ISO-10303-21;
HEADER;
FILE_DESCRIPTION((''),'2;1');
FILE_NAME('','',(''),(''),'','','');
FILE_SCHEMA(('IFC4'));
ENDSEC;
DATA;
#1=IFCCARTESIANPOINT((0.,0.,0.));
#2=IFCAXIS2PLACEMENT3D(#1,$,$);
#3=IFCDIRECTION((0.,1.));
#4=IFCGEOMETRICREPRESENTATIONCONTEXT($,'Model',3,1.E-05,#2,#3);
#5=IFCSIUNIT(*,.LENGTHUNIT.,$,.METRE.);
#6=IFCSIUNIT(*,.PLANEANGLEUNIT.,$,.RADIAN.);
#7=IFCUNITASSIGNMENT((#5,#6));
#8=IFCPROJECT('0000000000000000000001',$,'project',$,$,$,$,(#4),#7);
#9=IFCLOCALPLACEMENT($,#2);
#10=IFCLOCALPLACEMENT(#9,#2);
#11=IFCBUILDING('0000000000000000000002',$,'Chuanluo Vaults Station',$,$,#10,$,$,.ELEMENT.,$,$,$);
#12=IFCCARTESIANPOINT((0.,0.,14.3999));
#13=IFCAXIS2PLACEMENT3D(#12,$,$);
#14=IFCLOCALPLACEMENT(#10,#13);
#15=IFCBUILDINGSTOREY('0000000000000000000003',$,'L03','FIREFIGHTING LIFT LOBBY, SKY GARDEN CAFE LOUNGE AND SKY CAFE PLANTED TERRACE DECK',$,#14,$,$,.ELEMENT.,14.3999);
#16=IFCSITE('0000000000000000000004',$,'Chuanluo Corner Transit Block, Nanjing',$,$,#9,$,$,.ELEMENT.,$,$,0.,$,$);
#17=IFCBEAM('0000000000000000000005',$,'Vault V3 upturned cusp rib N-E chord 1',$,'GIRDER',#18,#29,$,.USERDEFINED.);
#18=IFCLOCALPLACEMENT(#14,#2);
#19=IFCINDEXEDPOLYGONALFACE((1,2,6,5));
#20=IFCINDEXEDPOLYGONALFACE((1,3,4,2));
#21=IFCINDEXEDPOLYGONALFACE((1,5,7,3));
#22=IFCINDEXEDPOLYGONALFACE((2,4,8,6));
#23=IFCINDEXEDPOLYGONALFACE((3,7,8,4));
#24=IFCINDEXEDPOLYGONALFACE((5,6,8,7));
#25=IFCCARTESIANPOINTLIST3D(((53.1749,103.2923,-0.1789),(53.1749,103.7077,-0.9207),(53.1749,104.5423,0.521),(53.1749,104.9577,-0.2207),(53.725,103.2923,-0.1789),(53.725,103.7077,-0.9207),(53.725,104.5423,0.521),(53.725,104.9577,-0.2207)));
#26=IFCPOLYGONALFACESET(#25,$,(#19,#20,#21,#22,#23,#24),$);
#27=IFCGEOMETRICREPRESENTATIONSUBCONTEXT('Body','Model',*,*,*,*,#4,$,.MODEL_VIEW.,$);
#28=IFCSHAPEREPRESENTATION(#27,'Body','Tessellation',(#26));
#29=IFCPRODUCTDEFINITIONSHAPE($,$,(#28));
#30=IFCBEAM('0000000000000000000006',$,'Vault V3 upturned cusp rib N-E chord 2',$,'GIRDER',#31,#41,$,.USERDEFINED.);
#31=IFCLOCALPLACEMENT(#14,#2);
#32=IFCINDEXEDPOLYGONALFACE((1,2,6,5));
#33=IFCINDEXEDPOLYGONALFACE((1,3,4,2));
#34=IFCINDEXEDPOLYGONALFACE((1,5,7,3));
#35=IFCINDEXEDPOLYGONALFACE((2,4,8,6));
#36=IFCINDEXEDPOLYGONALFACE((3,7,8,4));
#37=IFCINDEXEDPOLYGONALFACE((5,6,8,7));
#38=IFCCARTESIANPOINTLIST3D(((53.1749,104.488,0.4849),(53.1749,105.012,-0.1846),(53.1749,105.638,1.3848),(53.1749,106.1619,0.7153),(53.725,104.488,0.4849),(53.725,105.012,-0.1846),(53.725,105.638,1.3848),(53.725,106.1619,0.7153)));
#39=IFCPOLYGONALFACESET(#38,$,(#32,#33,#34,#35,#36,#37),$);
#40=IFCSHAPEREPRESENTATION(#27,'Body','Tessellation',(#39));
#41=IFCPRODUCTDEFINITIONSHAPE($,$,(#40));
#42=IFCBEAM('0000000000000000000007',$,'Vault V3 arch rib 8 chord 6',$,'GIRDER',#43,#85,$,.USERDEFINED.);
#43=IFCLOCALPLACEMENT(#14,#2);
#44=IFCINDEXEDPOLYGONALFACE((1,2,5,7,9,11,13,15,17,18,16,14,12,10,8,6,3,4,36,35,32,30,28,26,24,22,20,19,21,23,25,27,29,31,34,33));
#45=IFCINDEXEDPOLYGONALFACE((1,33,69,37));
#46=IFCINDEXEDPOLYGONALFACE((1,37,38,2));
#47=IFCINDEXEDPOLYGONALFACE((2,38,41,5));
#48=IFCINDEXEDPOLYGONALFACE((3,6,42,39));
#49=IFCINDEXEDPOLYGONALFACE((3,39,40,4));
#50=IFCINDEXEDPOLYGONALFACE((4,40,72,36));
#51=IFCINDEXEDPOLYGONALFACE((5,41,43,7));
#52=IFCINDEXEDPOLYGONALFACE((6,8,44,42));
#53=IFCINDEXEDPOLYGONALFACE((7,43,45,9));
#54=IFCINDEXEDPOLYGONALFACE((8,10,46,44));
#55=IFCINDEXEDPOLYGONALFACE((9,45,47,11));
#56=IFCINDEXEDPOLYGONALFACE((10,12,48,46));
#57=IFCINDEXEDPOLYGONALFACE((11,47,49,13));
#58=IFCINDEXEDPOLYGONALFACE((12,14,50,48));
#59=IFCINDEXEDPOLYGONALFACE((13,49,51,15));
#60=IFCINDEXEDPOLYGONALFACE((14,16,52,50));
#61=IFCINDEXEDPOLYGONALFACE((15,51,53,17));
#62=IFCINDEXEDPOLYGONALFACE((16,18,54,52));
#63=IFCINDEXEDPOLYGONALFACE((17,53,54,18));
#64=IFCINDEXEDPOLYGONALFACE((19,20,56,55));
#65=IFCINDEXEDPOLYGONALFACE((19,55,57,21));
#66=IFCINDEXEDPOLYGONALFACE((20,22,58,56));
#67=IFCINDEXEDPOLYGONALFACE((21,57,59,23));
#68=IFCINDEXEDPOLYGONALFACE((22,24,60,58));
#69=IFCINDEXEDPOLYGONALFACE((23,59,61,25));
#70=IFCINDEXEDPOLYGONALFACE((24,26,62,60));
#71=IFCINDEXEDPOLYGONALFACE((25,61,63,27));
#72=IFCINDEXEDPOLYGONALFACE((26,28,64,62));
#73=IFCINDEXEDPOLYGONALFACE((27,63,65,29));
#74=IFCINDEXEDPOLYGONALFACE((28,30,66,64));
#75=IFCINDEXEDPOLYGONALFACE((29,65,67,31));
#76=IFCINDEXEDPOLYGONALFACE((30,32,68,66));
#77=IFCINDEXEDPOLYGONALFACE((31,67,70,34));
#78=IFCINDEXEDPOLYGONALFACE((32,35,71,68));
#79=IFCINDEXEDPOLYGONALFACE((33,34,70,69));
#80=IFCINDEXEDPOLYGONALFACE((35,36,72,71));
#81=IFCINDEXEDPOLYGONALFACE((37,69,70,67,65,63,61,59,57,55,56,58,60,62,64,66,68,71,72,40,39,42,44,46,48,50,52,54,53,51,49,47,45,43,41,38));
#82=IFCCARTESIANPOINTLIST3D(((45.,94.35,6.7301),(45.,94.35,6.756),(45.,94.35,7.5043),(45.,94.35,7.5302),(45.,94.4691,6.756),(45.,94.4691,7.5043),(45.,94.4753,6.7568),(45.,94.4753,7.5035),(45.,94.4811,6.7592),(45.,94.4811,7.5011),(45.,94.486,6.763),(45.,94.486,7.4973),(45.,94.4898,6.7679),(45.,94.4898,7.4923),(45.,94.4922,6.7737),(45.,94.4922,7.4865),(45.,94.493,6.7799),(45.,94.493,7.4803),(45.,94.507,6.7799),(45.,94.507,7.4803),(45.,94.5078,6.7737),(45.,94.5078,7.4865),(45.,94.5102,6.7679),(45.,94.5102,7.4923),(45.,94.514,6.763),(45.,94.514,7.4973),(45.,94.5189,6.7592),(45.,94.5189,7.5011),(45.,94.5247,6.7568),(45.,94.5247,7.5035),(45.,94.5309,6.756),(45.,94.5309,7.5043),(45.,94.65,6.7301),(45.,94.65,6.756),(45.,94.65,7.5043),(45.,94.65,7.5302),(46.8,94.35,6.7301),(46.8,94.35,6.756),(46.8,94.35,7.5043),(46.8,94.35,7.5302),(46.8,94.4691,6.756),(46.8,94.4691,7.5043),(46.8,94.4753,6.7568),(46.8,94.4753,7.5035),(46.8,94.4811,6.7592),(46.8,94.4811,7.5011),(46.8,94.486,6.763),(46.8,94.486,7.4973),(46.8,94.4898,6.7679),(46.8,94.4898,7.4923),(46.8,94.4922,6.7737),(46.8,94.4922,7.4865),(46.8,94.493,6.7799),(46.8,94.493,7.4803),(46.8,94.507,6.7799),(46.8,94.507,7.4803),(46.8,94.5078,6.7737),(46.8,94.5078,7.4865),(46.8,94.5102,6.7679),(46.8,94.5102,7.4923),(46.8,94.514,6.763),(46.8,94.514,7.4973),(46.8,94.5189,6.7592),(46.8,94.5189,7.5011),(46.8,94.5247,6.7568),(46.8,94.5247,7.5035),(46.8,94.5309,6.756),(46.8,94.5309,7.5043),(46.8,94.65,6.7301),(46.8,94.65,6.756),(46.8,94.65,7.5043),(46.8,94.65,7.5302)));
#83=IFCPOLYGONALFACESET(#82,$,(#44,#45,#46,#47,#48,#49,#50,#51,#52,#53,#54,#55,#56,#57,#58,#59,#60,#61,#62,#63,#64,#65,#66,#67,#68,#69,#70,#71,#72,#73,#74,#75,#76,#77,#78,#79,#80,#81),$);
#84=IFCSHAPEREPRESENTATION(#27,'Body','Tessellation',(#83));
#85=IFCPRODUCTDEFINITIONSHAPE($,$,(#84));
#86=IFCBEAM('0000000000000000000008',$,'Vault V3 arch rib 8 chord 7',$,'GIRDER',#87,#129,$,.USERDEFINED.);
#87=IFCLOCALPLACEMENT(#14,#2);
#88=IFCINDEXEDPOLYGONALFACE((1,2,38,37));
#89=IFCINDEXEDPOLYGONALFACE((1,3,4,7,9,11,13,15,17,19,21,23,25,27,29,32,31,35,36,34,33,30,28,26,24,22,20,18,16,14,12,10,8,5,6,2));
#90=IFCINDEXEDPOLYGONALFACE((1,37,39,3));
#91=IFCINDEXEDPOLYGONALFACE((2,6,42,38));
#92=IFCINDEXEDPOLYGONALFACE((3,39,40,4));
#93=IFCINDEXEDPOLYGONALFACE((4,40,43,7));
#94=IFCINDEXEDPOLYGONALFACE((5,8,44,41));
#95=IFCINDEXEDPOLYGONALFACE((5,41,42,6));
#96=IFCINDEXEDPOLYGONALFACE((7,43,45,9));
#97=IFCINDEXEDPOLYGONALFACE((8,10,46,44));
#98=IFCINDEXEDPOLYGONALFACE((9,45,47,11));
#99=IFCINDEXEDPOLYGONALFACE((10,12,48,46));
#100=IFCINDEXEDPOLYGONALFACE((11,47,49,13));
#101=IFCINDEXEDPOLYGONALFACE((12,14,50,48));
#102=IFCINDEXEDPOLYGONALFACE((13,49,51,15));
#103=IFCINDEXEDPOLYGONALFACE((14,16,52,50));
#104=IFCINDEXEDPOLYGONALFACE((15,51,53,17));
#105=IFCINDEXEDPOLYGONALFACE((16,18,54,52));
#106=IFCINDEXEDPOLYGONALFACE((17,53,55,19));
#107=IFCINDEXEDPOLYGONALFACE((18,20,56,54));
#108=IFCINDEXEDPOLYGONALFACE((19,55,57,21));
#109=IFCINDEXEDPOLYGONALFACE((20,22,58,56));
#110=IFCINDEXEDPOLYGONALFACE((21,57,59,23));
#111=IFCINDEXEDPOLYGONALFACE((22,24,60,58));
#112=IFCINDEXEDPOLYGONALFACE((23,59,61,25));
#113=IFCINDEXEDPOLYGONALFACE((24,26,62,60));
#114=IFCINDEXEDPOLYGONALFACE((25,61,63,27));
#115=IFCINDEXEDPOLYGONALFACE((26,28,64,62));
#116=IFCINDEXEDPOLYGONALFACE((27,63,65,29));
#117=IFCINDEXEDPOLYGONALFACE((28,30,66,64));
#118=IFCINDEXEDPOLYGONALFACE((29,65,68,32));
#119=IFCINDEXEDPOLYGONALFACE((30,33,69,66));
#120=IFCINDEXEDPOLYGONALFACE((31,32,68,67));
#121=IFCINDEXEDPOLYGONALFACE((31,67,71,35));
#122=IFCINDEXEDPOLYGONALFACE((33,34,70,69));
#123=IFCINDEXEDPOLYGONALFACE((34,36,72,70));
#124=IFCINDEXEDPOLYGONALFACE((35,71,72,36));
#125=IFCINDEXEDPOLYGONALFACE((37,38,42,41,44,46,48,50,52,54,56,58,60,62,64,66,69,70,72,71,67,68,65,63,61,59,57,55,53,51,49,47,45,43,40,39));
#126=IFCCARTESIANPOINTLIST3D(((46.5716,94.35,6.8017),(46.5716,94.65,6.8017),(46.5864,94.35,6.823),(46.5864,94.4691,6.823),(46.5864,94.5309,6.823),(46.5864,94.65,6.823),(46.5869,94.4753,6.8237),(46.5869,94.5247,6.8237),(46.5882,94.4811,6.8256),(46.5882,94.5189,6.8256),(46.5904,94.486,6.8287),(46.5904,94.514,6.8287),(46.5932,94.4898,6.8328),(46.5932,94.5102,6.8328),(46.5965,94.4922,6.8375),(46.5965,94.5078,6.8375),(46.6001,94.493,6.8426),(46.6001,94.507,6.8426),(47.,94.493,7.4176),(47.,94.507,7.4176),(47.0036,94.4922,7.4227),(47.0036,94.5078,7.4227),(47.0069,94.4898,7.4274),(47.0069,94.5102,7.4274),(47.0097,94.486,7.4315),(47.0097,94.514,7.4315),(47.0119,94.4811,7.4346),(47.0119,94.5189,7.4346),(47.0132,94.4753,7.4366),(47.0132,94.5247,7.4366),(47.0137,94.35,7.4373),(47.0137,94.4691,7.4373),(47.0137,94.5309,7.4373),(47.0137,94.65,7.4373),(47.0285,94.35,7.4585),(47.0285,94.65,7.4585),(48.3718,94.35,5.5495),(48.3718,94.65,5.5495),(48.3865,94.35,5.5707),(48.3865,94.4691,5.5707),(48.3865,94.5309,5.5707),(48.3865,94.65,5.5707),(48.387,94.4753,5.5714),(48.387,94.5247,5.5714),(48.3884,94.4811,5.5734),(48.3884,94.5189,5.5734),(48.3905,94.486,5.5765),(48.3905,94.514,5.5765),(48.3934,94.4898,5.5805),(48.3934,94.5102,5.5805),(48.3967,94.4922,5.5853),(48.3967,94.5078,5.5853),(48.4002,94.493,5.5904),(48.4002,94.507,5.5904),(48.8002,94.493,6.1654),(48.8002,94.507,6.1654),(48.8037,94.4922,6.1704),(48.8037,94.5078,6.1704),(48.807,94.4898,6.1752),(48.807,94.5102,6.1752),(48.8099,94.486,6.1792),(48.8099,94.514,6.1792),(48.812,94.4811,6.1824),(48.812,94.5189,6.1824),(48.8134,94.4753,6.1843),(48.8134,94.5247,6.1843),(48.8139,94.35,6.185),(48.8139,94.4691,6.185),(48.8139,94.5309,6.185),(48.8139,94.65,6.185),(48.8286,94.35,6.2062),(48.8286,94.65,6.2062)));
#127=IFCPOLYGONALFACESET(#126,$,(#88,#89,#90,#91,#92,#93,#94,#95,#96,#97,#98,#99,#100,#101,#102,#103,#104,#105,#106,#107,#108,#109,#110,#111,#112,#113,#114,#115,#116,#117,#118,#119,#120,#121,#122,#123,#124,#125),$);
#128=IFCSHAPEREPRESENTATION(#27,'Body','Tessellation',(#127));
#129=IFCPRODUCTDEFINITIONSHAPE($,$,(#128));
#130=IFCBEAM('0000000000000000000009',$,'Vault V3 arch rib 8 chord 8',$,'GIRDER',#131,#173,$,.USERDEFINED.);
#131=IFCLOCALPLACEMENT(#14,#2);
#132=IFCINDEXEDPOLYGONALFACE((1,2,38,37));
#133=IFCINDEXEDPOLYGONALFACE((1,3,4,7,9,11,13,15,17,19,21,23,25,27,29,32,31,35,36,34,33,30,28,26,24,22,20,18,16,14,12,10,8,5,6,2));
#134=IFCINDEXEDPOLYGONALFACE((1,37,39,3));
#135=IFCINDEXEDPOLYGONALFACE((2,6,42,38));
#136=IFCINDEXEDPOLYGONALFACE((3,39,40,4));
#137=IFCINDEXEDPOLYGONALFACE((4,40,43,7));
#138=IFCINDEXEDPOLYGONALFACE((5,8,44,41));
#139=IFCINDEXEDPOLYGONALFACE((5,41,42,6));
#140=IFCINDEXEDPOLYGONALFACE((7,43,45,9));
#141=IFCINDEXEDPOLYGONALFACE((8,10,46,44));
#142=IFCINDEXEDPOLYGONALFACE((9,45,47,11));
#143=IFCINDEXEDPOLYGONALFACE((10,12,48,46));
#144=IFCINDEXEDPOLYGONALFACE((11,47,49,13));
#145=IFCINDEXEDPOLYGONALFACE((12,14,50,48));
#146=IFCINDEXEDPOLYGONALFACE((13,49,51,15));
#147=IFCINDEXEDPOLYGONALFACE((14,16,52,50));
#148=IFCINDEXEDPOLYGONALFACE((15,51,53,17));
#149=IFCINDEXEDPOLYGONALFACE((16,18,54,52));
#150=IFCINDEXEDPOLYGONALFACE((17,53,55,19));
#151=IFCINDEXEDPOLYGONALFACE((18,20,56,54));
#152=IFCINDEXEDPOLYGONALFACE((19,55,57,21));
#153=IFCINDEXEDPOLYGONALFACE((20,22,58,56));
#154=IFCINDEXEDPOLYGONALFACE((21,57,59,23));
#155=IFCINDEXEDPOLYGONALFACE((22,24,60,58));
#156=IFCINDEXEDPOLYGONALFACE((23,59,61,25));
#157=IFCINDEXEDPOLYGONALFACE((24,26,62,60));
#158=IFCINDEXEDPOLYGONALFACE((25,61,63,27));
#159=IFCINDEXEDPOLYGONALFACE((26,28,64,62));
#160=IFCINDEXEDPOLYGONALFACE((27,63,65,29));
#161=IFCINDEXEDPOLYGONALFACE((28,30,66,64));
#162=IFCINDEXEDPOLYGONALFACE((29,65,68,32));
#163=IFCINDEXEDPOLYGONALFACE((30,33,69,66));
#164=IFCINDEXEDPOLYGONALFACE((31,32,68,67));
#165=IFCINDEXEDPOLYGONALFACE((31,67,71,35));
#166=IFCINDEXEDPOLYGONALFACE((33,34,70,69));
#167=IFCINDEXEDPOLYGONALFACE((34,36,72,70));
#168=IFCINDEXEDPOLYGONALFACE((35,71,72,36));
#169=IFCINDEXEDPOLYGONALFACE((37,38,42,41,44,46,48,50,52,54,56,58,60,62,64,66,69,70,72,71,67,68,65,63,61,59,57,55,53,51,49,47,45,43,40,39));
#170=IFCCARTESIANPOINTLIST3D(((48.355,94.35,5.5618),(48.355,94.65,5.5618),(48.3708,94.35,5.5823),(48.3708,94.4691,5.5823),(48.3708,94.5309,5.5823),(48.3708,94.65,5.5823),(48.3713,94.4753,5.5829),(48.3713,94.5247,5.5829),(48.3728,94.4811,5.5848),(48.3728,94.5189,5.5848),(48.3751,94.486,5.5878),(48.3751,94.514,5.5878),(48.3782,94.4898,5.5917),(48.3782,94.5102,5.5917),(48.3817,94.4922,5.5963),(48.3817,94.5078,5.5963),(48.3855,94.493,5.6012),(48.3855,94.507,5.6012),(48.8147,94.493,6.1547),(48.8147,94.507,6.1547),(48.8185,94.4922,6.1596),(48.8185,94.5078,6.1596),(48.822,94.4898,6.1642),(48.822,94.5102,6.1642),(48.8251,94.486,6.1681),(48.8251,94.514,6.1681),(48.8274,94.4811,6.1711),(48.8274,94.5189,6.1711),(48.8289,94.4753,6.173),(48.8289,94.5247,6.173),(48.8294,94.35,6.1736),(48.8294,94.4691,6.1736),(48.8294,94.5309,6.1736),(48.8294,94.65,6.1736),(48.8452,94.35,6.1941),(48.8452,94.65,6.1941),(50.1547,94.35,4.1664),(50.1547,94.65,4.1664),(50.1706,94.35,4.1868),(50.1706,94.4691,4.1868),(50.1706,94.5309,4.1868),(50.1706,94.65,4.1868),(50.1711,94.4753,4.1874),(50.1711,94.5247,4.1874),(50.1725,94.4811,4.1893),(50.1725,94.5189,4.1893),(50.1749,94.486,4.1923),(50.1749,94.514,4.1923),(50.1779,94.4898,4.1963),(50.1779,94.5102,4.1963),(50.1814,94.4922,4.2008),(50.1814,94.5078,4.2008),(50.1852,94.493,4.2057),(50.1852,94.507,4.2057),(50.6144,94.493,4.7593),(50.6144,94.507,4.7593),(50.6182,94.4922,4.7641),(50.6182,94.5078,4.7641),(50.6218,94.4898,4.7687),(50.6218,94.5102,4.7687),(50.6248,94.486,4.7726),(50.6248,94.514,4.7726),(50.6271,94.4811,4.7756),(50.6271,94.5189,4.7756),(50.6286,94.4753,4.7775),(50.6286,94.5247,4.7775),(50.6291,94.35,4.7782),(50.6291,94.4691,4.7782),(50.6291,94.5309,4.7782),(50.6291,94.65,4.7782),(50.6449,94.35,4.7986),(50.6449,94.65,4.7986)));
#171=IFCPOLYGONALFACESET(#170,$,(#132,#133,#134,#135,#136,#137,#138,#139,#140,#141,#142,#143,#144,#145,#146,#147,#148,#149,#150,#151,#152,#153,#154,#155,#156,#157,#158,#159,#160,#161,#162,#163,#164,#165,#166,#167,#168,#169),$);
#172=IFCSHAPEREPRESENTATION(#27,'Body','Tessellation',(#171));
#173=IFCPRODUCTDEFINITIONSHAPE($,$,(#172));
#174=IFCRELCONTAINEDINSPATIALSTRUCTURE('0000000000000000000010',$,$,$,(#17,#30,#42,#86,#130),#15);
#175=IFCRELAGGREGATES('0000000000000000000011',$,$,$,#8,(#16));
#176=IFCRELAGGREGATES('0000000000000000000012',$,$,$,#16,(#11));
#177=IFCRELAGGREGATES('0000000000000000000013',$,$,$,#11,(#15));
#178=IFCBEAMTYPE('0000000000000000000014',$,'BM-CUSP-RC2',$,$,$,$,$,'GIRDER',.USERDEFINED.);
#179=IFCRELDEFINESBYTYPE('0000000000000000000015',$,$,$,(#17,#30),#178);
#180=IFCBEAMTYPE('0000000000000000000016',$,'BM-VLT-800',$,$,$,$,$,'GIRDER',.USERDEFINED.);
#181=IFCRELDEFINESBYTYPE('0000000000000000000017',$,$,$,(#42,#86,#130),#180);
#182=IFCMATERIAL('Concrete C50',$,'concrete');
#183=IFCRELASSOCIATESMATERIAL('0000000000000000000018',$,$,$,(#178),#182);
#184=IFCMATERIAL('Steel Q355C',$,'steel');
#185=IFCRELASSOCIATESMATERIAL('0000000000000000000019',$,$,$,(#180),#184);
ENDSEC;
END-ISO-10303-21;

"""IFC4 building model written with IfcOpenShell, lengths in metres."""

from ifc_helpers import new_model, si_unit, direction, frame, origin, origin_2d, place, context, subcontext, project, spatial, rectangle, i_section, extrude, material, material_profile, profile_set, type_object, element, save


model = new_model("IFC4")

# Units and contexts
model_context = context("Model", 3, precision=1e-05, world=origin(), true_north=direction((0.0, 1.0)))
body_context = subcontext(model_context, "Body", "Model", "MODEL_VIEW")
ifc_project = project(units=[si_unit("LENGTHUNIT", "METRE"), si_unit("PLANEANGLEUNIT", "RADIAN")], contexts=[model_context])

# Site, building, storey
site_placement = place(None, origin())
site = spatial("IfcSite", under=ifc_project, at=site_placement, Name="Chuanluo Corner Transit Block, Nanjing", CompositionType="ELEMENT", RefElevation=0.0)
building_placement = place(site_placement, origin())
building = spatial("IfcBuilding", under=site, at=building_placement, Name="Chuanluo Vaults Station", CompositionType="ELEMENT")
storey_placement = place(building_placement, frame((0.0, 0.0, 14.3999)))
storey = spatial("IfcBuildingStorey", under=building, at=storey_placement, Name="L03", Description="FIREFIGHTING LIFT LOBBY, SKY GARDEN CAFE LOUNGE AND SKY CAFE PLANTED TERRACE DECK", CompositionType="ELEMENT", Elevation=14.3999)

# Beams
ifc_material_1 = material(Name="Concrete C50", Category="concrete")
ifc_material_profile_1 = material_profile(ifc_material_1, rectangle(XDim=0.55, YDim=0.8501, at=origin_2d()))
ifc_profile_set_1 = profile_set([ifc_material_profile_1], Name="Concrete C50")
beam_type_1 = type_object("IfcBeamType", Name="BM-CUSP-RC2", ElementType="GIRDER", PredefinedType="USERDEFINED", material=ifc_profile_set_1)
beam_1_placement = place(storey_placement, frame((53.45, 103.5, -0.5498), z_axis=(0.0, 0.872521, 0.488577), x_axis=(-1.0, 0.0, 0.0)))
element("IfcBeam", 1, at=beam_1_placement, inside=storey, type_object=beam_type_1, Name="Vault V3 upturned cusp rib N-E chord 1", ObjectType="GIRDER", PredefinedType="USERDEFINED", context=body_context, shape_type="SweptSolid", body=[
    extrude(rectangle(XDim=0.55, YDim=0.8501, at=origin_2d()), origin(), (0.0, 0.0, 1.0), 1.4326),
])
beam_2_placement = place(storey_placement, frame((53.45, 104.75, 0.1501), z_axis=(0.0, 0.787512, 0.616299), x_axis=(-1.0, 0.0, 0.0)))
element("IfcBeam", 2, at=beam_2_placement, inside=storey, type_object=beam_type_1, Name="Vault V3 upturned cusp rib N-E chord 2", ObjectType="GIRDER", PredefinedType="USERDEFINED", context=body_context, shape_type="SweptSolid", body=[
    extrude(rectangle(XDim=0.55, YDim=0.8501, at=origin_2d()), origin(), (0.0, 0.0, 1.0), 1.4602),
])
ifc_material_2 = material(Name="Steel Q355C", Category="steel")
ifc_material_profile_2 = material_profile(ifc_material_2, i_section(OverallWidth=0.3, OverallDepth=0.8, WebThickness=0.0139, FlangeThickness=0.0259, FilletRadius=0.0239, at=origin_2d()))
ifc_profile_set_2 = profile_set([ifc_material_profile_2], Name="Steel Q355C")
beam_type_2 = type_object("IfcBeamType", Name="BM-VLT-800", ElementType="GIRDER", PredefinedType="USERDEFINED", material=ifc_profile_set_2)
beam_3_placement = place(storey_placement, frame((45.0, 94.5, 7.1301), z_axis=(1.0, 0.0, 0.0), x_axis=(0.0, 1.0, 0.0)))
element("IfcBeam", 3, at=beam_3_placement, inside=storey, type_object=beam_type_2, Name="Vault V3 arch rib 8 chord 6", ObjectType="GIRDER", PredefinedType="USERDEFINED", context=body_context, shape_type="SweptSolid", body=[
    extrude(i_section(OverallWidth=0.3, OverallDepth=0.8, WebThickness=0.0139, FlangeThickness=0.0259, FilletRadius=0.0239, at=origin_2d()), origin(), (0.0, 0.0, 1.0), 1.8),
])
beam_4_placement = place(storey_placement, frame((46.8, 94.5, 7.1301), z_axis=(0.820907, 0.0, -0.571061), x_axis=(0.0, 1.0, 0.0)))
element("IfcBeam", 4, at=beam_4_placement, inside=storey, type_object=beam_type_2, Name="Vault V3 arch rib 8 chord 7", ObjectType="GIRDER", PredefinedType="USERDEFINED", context=body_context, shape_type="SweptSolid", body=[
    extrude(i_section(OverallWidth=0.3, OverallDepth=0.8, WebThickness=0.0139, FlangeThickness=0.0259, FilletRadius=0.0239, at=origin_2d()), origin(), (0.0, 0.0, 1.0), 2.1929),
])
beam_5_placement = place(storey_placement, frame((48.6001, 94.5, 5.8779), z_axis=(0.790275, 0.0, -0.612752), x_axis=(0.0, 1.0, 0.0)))
element("IfcBeam", 5, at=beam_5_placement, inside=storey, type_object=beam_type_2, Name="Vault V3 arch rib 8 chord 8", ObjectType="GIRDER", PredefinedType="USERDEFINED", context=body_context, shape_type="SweptSolid", body=[
    extrude(i_section(OverallWidth=0.3, OverallDepth=0.8, WebThickness=0.0139, FlangeThickness=0.0259, FilletRadius=0.0239, at=origin_2d()), origin(), (0.0, 0.0, 1.0), 2.2773),
])

save(model, "model.ifc")
